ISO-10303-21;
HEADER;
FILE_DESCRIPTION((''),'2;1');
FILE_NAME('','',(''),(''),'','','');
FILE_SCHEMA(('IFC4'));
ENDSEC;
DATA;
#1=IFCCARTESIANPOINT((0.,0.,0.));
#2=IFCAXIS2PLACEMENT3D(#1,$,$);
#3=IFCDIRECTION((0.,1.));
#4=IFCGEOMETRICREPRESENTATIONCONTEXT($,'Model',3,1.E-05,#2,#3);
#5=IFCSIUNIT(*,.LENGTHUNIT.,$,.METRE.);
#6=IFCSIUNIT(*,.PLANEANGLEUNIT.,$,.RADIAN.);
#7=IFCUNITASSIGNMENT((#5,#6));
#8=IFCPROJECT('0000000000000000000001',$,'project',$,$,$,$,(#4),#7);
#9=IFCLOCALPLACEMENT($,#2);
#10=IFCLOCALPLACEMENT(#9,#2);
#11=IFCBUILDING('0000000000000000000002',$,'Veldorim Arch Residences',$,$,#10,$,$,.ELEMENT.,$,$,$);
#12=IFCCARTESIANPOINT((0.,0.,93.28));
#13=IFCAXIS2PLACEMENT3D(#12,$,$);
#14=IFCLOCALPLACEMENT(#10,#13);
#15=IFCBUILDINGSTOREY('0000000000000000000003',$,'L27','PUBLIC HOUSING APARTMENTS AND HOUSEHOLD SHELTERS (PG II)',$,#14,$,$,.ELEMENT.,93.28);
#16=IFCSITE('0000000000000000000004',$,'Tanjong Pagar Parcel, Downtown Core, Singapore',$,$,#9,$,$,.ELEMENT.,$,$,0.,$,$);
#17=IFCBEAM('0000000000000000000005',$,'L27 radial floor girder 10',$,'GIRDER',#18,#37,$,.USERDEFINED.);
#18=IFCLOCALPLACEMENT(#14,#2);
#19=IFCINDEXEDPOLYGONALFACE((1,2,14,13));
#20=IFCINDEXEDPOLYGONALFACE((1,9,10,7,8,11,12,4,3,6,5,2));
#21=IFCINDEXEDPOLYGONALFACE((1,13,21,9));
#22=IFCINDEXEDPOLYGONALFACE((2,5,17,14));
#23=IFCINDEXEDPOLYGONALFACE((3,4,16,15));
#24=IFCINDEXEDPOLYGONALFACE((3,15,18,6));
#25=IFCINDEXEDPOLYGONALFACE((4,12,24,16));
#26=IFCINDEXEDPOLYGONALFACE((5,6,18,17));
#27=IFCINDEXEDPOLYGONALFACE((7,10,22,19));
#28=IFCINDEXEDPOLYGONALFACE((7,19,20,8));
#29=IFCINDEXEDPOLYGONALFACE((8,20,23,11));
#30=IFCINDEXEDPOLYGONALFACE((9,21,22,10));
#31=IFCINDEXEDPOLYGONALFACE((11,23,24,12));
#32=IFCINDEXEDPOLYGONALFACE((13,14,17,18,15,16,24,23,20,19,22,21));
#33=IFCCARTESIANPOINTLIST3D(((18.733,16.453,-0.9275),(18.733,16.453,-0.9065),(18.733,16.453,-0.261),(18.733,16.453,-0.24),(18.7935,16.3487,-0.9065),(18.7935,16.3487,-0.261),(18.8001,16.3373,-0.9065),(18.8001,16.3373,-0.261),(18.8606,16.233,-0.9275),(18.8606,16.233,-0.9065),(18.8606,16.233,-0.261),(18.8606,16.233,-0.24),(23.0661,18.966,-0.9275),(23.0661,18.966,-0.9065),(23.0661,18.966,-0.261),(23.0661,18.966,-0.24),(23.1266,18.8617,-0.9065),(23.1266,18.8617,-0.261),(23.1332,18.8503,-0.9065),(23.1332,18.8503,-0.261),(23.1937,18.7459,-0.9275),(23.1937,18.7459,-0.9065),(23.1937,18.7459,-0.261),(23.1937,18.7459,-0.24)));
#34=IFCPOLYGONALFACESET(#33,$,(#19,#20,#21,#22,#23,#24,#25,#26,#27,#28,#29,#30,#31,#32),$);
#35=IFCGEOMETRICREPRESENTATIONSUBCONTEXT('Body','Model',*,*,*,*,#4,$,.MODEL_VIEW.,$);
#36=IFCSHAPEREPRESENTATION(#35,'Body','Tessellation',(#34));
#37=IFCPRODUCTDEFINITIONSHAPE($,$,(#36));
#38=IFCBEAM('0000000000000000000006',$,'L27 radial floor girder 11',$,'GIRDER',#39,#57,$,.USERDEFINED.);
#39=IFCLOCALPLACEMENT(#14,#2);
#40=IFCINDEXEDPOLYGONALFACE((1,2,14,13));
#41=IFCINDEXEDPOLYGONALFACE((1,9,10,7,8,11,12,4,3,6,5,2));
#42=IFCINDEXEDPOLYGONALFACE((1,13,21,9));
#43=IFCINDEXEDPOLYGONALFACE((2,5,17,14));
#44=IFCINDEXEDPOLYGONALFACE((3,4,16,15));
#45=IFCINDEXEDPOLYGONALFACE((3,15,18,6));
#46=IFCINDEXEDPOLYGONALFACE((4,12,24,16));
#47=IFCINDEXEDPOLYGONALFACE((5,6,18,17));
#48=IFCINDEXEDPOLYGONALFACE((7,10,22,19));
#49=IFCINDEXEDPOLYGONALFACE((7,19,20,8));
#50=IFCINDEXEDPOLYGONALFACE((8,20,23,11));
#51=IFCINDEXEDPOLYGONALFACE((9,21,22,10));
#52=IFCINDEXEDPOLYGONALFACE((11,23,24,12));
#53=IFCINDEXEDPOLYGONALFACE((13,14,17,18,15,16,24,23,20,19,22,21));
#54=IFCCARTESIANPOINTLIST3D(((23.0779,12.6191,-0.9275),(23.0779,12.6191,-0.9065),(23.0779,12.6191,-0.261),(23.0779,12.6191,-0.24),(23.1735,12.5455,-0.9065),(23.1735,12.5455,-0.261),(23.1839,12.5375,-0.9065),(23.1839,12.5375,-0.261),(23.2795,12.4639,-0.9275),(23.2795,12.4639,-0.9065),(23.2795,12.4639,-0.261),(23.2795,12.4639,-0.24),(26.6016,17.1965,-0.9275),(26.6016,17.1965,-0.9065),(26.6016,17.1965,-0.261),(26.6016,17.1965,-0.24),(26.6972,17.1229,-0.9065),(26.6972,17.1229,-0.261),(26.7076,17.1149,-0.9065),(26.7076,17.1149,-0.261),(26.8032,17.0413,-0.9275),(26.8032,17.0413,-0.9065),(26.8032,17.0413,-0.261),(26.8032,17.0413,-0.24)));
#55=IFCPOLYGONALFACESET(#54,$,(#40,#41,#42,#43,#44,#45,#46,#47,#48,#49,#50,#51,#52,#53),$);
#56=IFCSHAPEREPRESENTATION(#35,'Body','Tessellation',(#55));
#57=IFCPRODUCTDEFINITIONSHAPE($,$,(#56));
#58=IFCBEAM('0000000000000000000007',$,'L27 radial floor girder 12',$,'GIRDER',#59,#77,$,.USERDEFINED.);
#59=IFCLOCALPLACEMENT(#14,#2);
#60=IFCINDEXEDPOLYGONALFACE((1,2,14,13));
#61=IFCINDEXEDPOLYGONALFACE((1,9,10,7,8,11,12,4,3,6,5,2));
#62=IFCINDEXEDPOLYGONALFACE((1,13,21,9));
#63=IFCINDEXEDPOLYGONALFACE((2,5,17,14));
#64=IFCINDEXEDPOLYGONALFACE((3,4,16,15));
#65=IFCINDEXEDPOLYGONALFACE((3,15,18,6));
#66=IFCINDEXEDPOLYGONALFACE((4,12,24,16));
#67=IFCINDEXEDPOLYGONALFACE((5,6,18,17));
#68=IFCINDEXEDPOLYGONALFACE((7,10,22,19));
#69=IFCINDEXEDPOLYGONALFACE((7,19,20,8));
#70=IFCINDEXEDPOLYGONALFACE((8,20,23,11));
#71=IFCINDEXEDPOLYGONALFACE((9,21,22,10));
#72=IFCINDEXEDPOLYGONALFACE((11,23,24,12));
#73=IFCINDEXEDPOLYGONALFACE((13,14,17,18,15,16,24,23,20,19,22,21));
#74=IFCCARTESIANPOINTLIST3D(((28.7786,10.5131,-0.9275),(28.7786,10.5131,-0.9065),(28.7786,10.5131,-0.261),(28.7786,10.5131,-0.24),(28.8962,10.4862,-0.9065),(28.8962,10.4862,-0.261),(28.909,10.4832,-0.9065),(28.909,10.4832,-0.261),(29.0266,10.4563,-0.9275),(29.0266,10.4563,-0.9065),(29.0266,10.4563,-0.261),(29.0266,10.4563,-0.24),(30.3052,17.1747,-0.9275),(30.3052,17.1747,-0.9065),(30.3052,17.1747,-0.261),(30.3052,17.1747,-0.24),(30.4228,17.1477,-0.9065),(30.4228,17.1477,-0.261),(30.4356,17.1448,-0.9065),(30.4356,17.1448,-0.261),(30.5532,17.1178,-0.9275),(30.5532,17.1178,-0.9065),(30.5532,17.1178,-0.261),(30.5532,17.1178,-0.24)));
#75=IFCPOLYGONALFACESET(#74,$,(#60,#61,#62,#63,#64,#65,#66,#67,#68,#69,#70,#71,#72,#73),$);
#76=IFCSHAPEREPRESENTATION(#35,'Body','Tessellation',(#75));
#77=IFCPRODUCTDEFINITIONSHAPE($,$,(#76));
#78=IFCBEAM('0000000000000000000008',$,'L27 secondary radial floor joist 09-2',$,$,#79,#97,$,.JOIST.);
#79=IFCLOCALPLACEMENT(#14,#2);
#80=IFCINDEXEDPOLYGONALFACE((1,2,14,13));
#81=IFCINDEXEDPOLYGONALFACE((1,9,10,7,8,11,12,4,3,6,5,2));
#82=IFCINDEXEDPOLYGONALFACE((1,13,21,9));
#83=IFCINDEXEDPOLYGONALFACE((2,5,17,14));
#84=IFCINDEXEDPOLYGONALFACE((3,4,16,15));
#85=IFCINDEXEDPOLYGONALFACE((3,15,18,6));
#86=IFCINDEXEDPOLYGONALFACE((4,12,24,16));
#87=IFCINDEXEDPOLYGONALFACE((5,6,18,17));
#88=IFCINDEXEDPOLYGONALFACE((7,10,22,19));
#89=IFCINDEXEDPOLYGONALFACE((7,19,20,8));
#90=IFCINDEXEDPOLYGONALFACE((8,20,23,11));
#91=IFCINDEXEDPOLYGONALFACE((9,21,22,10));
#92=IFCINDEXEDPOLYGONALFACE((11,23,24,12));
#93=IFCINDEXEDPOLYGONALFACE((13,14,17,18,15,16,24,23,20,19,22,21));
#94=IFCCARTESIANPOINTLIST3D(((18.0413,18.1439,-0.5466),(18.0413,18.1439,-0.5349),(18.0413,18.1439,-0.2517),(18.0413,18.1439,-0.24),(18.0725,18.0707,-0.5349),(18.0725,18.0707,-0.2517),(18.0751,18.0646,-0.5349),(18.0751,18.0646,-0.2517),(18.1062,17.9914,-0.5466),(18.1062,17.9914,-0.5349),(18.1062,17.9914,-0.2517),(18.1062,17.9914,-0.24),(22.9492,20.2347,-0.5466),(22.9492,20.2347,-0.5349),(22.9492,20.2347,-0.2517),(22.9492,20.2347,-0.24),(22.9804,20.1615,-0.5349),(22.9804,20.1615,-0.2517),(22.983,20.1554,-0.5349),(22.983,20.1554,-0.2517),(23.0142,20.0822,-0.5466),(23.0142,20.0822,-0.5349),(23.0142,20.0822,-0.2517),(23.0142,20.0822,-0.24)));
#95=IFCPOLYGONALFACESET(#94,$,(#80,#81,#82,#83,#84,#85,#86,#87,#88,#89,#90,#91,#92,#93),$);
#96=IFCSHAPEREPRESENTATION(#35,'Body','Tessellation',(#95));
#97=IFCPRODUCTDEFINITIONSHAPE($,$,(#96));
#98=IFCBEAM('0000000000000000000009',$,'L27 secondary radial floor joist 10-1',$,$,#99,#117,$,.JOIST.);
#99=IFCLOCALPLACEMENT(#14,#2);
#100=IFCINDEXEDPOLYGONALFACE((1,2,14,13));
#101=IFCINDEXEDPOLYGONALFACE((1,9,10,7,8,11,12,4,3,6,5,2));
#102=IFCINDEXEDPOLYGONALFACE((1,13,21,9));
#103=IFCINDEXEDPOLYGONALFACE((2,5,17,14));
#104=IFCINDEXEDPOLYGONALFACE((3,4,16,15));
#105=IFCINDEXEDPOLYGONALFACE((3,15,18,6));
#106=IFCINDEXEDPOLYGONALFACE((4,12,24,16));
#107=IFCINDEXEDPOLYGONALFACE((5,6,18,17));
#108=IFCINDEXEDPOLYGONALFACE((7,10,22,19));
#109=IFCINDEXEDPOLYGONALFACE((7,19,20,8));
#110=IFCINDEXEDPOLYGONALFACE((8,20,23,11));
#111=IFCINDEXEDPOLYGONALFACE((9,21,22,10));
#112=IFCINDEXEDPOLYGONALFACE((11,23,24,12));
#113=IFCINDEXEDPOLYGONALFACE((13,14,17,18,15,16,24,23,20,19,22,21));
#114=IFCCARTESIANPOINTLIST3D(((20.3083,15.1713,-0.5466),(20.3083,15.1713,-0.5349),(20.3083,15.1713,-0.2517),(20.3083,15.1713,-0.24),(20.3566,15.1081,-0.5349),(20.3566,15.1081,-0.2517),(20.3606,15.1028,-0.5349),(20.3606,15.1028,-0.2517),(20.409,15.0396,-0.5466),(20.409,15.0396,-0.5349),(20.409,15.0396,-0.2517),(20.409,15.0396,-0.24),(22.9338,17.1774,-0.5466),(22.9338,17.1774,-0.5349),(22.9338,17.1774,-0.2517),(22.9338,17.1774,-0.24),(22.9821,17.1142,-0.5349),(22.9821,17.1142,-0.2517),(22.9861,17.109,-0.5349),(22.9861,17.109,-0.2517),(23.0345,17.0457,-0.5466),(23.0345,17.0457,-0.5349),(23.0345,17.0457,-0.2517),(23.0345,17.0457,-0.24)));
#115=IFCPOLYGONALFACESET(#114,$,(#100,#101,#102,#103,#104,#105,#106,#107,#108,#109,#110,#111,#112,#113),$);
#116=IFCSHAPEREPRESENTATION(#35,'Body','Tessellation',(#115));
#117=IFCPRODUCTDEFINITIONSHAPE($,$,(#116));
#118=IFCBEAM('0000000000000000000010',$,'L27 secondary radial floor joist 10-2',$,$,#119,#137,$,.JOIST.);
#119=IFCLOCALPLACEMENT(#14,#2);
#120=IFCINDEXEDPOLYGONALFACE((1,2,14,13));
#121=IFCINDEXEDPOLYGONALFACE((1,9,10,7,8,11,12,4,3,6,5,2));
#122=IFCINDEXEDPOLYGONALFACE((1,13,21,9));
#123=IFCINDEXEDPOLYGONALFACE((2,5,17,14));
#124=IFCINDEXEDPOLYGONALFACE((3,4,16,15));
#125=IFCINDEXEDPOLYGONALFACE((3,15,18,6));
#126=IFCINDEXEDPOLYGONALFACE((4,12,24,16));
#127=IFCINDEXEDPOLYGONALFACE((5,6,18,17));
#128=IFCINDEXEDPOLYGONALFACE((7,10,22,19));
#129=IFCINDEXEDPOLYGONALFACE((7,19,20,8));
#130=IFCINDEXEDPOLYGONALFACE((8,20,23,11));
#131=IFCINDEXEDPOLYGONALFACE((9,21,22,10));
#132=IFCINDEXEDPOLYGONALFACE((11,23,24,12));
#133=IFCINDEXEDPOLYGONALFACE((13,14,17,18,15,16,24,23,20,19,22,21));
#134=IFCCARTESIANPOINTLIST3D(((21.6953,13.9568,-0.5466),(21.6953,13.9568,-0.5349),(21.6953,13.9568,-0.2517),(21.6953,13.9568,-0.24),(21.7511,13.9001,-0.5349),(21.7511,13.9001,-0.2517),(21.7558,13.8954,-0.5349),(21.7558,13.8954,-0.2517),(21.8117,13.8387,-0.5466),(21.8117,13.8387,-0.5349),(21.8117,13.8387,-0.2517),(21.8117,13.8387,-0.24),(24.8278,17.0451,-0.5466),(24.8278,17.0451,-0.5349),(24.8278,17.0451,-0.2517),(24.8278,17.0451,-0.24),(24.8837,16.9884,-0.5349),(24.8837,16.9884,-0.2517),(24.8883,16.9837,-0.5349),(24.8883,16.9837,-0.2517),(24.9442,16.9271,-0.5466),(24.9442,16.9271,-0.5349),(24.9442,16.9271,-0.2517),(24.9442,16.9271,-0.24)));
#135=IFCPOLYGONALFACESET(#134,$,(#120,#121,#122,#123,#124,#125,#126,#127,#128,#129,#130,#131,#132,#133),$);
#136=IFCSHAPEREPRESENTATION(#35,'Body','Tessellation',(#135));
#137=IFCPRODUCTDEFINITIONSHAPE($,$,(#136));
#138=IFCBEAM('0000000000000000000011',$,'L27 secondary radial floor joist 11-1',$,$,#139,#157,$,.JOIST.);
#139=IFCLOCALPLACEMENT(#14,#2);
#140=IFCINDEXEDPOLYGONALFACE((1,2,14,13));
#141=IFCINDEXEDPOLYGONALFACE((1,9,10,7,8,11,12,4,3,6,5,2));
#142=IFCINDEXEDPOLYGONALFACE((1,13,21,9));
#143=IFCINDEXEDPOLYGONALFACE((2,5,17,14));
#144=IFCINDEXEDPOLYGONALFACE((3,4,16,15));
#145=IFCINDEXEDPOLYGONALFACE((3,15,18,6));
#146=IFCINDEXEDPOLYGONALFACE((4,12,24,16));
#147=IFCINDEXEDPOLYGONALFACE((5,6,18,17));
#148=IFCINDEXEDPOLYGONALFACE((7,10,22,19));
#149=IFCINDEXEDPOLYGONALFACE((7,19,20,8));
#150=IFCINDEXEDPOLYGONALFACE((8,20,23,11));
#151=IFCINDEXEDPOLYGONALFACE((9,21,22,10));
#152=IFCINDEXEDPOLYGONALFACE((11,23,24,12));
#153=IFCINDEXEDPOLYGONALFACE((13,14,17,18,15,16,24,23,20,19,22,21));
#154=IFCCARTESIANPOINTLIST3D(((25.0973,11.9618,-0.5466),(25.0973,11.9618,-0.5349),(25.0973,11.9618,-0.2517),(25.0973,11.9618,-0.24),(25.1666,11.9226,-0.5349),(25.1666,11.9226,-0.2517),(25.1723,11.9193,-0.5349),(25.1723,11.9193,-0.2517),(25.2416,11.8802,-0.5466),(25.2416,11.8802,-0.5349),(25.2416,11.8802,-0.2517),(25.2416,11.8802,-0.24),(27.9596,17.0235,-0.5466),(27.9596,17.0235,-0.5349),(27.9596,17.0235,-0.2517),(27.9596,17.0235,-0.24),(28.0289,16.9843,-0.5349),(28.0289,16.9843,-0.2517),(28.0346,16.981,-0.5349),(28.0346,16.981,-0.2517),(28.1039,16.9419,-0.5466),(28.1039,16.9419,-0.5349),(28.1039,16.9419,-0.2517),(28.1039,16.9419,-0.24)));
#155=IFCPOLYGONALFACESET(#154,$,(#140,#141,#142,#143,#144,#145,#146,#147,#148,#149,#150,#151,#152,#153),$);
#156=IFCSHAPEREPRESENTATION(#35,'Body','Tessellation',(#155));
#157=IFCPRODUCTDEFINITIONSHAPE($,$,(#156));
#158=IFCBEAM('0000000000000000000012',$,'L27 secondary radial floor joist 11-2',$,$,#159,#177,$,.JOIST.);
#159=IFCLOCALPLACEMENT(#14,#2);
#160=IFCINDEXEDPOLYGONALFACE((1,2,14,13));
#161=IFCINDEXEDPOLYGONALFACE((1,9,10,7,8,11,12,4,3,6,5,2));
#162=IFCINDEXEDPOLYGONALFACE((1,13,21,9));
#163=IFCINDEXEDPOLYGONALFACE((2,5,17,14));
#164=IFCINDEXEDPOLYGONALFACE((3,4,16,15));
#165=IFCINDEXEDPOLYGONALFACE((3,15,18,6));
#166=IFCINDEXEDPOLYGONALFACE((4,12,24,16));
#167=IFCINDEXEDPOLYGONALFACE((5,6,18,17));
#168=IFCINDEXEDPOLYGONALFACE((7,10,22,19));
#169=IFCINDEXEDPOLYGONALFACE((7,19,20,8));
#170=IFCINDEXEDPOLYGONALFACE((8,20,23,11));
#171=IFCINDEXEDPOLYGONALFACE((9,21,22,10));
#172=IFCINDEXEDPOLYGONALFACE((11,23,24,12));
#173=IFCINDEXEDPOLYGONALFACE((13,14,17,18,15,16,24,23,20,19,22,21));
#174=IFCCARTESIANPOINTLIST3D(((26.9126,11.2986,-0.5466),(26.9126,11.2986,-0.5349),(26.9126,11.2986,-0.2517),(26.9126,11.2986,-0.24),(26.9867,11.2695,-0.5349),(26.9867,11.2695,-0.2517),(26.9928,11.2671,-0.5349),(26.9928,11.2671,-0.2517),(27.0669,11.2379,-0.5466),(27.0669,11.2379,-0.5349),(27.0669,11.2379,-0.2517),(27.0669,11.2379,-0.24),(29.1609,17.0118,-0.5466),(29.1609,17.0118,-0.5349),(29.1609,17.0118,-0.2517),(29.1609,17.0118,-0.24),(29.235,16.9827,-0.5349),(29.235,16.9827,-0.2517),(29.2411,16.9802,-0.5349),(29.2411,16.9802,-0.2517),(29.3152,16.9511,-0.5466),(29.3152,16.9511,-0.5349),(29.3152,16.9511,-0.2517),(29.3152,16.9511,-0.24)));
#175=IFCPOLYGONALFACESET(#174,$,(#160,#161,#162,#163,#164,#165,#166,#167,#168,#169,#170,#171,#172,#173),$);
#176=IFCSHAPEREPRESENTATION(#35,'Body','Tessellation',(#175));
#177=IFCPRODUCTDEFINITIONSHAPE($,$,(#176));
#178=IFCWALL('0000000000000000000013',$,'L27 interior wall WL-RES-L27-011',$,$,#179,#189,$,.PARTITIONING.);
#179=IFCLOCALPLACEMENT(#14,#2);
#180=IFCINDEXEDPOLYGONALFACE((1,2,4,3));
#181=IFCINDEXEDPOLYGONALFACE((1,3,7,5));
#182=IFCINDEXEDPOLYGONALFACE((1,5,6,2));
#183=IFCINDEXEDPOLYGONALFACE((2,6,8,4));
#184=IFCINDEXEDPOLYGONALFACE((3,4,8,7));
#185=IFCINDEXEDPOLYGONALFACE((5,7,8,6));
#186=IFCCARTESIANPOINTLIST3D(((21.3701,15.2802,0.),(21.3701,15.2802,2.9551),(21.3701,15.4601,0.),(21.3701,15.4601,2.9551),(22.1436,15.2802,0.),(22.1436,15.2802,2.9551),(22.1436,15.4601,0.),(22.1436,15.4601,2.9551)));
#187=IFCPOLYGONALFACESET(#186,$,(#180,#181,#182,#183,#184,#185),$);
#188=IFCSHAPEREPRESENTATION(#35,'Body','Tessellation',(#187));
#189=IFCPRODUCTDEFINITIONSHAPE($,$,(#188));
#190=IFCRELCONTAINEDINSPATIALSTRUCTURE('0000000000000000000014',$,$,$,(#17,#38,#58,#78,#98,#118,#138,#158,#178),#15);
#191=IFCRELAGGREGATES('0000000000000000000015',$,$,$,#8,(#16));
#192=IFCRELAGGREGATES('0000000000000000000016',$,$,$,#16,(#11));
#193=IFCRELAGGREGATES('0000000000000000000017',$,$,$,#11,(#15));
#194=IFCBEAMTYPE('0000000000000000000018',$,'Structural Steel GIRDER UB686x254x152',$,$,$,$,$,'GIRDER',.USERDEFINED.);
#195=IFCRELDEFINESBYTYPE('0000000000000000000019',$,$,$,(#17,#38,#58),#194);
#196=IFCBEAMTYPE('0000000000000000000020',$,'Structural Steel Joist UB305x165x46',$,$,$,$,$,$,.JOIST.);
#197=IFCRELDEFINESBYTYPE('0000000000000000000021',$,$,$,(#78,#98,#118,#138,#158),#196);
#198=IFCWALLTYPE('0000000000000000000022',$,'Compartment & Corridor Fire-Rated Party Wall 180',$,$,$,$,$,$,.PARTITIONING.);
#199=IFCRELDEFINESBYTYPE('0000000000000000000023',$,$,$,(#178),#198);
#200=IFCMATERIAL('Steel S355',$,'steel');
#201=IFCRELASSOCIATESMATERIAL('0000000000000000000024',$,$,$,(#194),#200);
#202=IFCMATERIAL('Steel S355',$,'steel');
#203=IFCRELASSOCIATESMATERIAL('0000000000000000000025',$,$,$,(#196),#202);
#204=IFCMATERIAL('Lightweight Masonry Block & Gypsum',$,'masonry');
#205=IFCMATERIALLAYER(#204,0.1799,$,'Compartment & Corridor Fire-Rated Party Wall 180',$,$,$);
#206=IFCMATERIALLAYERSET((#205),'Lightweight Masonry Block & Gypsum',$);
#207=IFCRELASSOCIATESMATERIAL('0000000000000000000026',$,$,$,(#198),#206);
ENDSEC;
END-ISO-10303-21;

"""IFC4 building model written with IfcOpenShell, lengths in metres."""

from ifc_helpers import new_model, si_unit, direction, frame, frame_2d, origin, origin_2d, place, context, subcontext, project, spatial, rectangle, i_section, extrude, material, layer, layer_set, material_profile, profile_set, type_object, element, save


model = new_model("IFC4")

# Units and contexts
model_context = context("Model", 3, precision=1e-05, world=origin(), true_north=direction((0.0, 1.0)))
body_context = subcontext(model_context, "Body", "Model", "MODEL_VIEW")
ifc_project = project(units=[si_unit("LENGTHUNIT", "METRE"), si_unit("PLANEANGLEUNIT", "RADIAN")], contexts=[model_context])

# Site, building, storey
site_placement = place(None, origin())
site = spatial("IfcSite", under=ifc_project, at=site_placement, Name="Tanjong Pagar Parcel, Downtown Core, Singapore", CompositionType="ELEMENT", RefElevation=0.0)
building_placement = place(site_placement, origin())
building = spatial("IfcBuilding", under=site, at=building_placement, Name="Veldorim Arch Residences", CompositionType="ELEMENT")
storey_placement = place(building_placement, frame((0.0, 0.0, 93.28)))
storey = spatial("IfcBuildingStorey", under=building, at=storey_placement, Name="L27", Description="PUBLIC HOUSING APARTMENTS AND HOUSEHOLD SHELTERS (PG II)", CompositionType="ELEMENT", Elevation=93.28)

# Beams
ifc_material_1 = material(Name="Steel S355", Category="steel")
ifc_material_profile_1 = material_profile(ifc_material_1, i_section(OverallWidth=0.2544, OverallDepth=0.6875, WebThickness=0.0132, FlangeThickness=0.021, at=origin_2d()), Name="UB686x254x152")
ifc_profile_set_1 = profile_set([ifc_material_profile_1], Name="Steel S355")
beam_type_1 = type_object("IfcBeamType", Name="Structural Steel GIRDER UB686x254x152", ElementType="GIRDER", PredefinedType="USERDEFINED", material=ifc_profile_set_1)
beam_1_placement = place(storey_placement, frame((23.1299, 18.856, -0.5837), z_axis=(-0.865049, -0.501687, 0.0), x_axis=(0.501687, -0.865049, 0.0)))
element("IfcBeam", 1, at=beam_1_placement, inside=storey, type_object=beam_type_1, Name="L27 radial floor girder 10", ObjectType="GIRDER", PredefinedType="USERDEFINED", context=body_context, shape_type="SweptSolid", body=[
    extrude(i_section(OverallWidth=0.2544, OverallDepth=0.6875, WebThickness=0.0132, FlangeThickness=0.021, at=origin_2d()), origin(), (0.0, 0.0, 1.0), 5.009),
])
beam_2_placement = place(storey_placement, frame((26.7024, 17.1189, -0.5837), z_axis=(-0.609995, -0.792406, 0.0), x_axis=(0.792406, -0.609995, 0.0)))
element("IfcBeam", 2, at=beam_2_placement, inside=storey, type_object=beam_type_1, Name="L27 radial floor girder 11", ObjectType="GIRDER", PredefinedType="USERDEFINED", context=body_context, shape_type="SweptSolid", body=[
    extrude(i_section(OverallWidth=0.2544, OverallDepth=0.6875, WebThickness=0.0132, FlangeThickness=0.021, at=origin_2d()), origin(), (0.0, 0.0, 1.0), 5.7766),
])
beam_3_placement = place(storey_placement, frame((30.4292, 17.1462, -0.5837), z_axis=(-0.223375, -0.974733, 0.0), x_axis=(0.974733, -0.223375, 0.0)))
element("IfcBeam", 3, at=beam_3_placement, inside=storey, type_object=beam_type_1, Name="L27 radial floor girder 12", ObjectType="GIRDER", PredefinedType="USERDEFINED", context=body_context, shape_type="SweptSolid", body=[
    extrude(i_section(OverallWidth=0.2544, OverallDepth=0.6875, WebThickness=0.0132, FlangeThickness=0.021, at=origin_2d()), origin(), (0.0, 0.0, 1.0), 6.8342),
])
ifc_material_2 = material(Name="Steel S355", Category="steel")
ifc_material_profile_2 = material_profile(ifc_material_2, i_section(OverallWidth=0.1658, OverallDepth=0.3066, WebThickness=0.0066, FlangeThickness=0.0117, at=origin_2d()), Name="UB305x165x46")
ifc_profile_set_2 = profile_set([ifc_material_profile_2], Name="Steel S355")
beam_type_2 = type_object("IfcBeamType", Name="Structural Steel Joist UB305x165x46", PredefinedType="JOIST", material=ifc_profile_set_2)
beam_4_placement = place(storey_placement, frame((22.9817, 20.1584, -0.3933), z_axis=(-0.919997, -0.391924, 0.0), x_axis=(0.391924, -0.919997, 0.0)))
element("IfcBeam", 4, at=beam_4_placement, inside=storey, type_object=beam_type_2, Name="L27 secondary radial floor joist 09-2", PredefinedType="JOIST", context=body_context, shape_type="SweptSolid", body=[
    extrude(i_section(OverallWidth=0.1658, OverallDepth=0.3066, WebThickness=0.0066, FlangeThickness=0.0117, at=origin_2d()), origin(), (0.0, 0.0, 1.0), 5.3347),
])
beam_5_placement = place(storey_placement, frame((22.9841, 17.1116, -0.3933), z_axis=(-0.794595, -0.60714, 0.0), x_axis=(0.60714, -0.794595, 0.0)))
element("IfcBeam", 5, at=beam_5_placement, inside=storey, type_object=beam_type_2, Name="L27 secondary radial floor joist 10-1", PredefinedType="JOIST", context=body_context, shape_type="SweptSolid", body=[
    extrude(i_section(OverallWidth=0.1658, OverallDepth=0.3066, WebThickness=0.0066, FlangeThickness=0.0117, at=origin_2d()), origin(), (0.0, 0.0, 1.0), 3.3042),
])
beam_6_placement = place(storey_placement, frame((24.886, 16.9861, -0.3933), z_axis=(-0.712112, -0.702066, 0.0), x_axis=(0.702066, -0.712112, 0.0)))
element("IfcBeam", 6, at=beam_6_placement, inside=storey, type_object=beam_type_2, Name="L27 secondary radial floor joist 10-2", PredefinedType="JOIST", context=body_context, shape_type="SweptSolid", body=[
    extrude(i_section(OverallWidth=0.1658, OverallDepth=0.3066, WebThickness=0.0066, FlangeThickness=0.0117, at=origin_2d()), origin(), (0.0, 0.0, 1.0), 4.3989),
])
beam_7_placement = place(storey_placement, frame((28.0317, 16.9827, -0.3933), z_axis=(-0.492227, -0.870467, 0.0), x_axis=(0.870467, -0.492227, 0.0)))
element("IfcBeam", 7, at=beam_7_placement, inside=storey, type_object=beam_type_2, Name="L27 secondary radial floor joist 11-1", PredefinedType="JOIST", context=body_context, shape_type="SweptSolid", body=[
    extrude(i_section(OverallWidth=0.1658, OverallDepth=0.3066, WebThickness=0.0066, FlangeThickness=0.0117, at=origin_2d()), origin(), (0.0, 0.0, 1.0), 5.8149),
])
beam_8_placement = place(storey_placement, frame((29.238, 16.9814, -0.3933), z_axis=(-0.366195, -0.930538, 0.0), x_axis=(0.930538, -0.366195, 0.0)))
element("IfcBeam", 8, at=beam_8_placement, inside=storey, type_object=beam_type_2, Name="L27 secondary radial floor joist 11-2", PredefinedType="JOIST", context=body_context, shape_type="SweptSolid", body=[
    extrude(i_section(OverallWidth=0.1658, OverallDepth=0.3066, WebThickness=0.0066, FlangeThickness=0.0117, at=origin_2d()), origin(), (0.0, 0.0, 1.0), 6.1396),
])

# Wall
ifc_material_3 = material(Name="Lightweight Masonry Block & Gypsum", Category="masonry")
ifc_layer_1 = layer(ifc_material_3, 0.1799, Name="Compartment & Corridor Fire-Rated Party Wall 180")
ifc_layer_set_1 = layer_set([ifc_layer_1], Name="Lightweight Masonry Block & Gypsum")
wall_type_1 = type_object("IfcWallType", Name="Compartment & Corridor Fire-Rated Party Wall 180", PredefinedType="PARTITIONING", material=ifc_layer_set_1)
wall_1_placement = place(storey_placement, frame((22.1436, 15.3701, 0.0), z_axis=(0.0, 0.0, 1.0), x_axis=(-1.0, 0.0, 0.0)))
element("IfcWall", 9, at=wall_1_placement, inside=storey, type_object=wall_type_1, Name="L27 interior wall WL-RES-L27-011", PredefinedType="PARTITIONING", context=body_context, shape_type="SweptSolid", body=[
    extrude(rectangle(XDim=0.7734, YDim=0.1799, at=frame_2d((0.3867, 0.0))), origin(), (0.0, 0.0, 1.0), 2.9551),
])

save(model, "model.ifc")
